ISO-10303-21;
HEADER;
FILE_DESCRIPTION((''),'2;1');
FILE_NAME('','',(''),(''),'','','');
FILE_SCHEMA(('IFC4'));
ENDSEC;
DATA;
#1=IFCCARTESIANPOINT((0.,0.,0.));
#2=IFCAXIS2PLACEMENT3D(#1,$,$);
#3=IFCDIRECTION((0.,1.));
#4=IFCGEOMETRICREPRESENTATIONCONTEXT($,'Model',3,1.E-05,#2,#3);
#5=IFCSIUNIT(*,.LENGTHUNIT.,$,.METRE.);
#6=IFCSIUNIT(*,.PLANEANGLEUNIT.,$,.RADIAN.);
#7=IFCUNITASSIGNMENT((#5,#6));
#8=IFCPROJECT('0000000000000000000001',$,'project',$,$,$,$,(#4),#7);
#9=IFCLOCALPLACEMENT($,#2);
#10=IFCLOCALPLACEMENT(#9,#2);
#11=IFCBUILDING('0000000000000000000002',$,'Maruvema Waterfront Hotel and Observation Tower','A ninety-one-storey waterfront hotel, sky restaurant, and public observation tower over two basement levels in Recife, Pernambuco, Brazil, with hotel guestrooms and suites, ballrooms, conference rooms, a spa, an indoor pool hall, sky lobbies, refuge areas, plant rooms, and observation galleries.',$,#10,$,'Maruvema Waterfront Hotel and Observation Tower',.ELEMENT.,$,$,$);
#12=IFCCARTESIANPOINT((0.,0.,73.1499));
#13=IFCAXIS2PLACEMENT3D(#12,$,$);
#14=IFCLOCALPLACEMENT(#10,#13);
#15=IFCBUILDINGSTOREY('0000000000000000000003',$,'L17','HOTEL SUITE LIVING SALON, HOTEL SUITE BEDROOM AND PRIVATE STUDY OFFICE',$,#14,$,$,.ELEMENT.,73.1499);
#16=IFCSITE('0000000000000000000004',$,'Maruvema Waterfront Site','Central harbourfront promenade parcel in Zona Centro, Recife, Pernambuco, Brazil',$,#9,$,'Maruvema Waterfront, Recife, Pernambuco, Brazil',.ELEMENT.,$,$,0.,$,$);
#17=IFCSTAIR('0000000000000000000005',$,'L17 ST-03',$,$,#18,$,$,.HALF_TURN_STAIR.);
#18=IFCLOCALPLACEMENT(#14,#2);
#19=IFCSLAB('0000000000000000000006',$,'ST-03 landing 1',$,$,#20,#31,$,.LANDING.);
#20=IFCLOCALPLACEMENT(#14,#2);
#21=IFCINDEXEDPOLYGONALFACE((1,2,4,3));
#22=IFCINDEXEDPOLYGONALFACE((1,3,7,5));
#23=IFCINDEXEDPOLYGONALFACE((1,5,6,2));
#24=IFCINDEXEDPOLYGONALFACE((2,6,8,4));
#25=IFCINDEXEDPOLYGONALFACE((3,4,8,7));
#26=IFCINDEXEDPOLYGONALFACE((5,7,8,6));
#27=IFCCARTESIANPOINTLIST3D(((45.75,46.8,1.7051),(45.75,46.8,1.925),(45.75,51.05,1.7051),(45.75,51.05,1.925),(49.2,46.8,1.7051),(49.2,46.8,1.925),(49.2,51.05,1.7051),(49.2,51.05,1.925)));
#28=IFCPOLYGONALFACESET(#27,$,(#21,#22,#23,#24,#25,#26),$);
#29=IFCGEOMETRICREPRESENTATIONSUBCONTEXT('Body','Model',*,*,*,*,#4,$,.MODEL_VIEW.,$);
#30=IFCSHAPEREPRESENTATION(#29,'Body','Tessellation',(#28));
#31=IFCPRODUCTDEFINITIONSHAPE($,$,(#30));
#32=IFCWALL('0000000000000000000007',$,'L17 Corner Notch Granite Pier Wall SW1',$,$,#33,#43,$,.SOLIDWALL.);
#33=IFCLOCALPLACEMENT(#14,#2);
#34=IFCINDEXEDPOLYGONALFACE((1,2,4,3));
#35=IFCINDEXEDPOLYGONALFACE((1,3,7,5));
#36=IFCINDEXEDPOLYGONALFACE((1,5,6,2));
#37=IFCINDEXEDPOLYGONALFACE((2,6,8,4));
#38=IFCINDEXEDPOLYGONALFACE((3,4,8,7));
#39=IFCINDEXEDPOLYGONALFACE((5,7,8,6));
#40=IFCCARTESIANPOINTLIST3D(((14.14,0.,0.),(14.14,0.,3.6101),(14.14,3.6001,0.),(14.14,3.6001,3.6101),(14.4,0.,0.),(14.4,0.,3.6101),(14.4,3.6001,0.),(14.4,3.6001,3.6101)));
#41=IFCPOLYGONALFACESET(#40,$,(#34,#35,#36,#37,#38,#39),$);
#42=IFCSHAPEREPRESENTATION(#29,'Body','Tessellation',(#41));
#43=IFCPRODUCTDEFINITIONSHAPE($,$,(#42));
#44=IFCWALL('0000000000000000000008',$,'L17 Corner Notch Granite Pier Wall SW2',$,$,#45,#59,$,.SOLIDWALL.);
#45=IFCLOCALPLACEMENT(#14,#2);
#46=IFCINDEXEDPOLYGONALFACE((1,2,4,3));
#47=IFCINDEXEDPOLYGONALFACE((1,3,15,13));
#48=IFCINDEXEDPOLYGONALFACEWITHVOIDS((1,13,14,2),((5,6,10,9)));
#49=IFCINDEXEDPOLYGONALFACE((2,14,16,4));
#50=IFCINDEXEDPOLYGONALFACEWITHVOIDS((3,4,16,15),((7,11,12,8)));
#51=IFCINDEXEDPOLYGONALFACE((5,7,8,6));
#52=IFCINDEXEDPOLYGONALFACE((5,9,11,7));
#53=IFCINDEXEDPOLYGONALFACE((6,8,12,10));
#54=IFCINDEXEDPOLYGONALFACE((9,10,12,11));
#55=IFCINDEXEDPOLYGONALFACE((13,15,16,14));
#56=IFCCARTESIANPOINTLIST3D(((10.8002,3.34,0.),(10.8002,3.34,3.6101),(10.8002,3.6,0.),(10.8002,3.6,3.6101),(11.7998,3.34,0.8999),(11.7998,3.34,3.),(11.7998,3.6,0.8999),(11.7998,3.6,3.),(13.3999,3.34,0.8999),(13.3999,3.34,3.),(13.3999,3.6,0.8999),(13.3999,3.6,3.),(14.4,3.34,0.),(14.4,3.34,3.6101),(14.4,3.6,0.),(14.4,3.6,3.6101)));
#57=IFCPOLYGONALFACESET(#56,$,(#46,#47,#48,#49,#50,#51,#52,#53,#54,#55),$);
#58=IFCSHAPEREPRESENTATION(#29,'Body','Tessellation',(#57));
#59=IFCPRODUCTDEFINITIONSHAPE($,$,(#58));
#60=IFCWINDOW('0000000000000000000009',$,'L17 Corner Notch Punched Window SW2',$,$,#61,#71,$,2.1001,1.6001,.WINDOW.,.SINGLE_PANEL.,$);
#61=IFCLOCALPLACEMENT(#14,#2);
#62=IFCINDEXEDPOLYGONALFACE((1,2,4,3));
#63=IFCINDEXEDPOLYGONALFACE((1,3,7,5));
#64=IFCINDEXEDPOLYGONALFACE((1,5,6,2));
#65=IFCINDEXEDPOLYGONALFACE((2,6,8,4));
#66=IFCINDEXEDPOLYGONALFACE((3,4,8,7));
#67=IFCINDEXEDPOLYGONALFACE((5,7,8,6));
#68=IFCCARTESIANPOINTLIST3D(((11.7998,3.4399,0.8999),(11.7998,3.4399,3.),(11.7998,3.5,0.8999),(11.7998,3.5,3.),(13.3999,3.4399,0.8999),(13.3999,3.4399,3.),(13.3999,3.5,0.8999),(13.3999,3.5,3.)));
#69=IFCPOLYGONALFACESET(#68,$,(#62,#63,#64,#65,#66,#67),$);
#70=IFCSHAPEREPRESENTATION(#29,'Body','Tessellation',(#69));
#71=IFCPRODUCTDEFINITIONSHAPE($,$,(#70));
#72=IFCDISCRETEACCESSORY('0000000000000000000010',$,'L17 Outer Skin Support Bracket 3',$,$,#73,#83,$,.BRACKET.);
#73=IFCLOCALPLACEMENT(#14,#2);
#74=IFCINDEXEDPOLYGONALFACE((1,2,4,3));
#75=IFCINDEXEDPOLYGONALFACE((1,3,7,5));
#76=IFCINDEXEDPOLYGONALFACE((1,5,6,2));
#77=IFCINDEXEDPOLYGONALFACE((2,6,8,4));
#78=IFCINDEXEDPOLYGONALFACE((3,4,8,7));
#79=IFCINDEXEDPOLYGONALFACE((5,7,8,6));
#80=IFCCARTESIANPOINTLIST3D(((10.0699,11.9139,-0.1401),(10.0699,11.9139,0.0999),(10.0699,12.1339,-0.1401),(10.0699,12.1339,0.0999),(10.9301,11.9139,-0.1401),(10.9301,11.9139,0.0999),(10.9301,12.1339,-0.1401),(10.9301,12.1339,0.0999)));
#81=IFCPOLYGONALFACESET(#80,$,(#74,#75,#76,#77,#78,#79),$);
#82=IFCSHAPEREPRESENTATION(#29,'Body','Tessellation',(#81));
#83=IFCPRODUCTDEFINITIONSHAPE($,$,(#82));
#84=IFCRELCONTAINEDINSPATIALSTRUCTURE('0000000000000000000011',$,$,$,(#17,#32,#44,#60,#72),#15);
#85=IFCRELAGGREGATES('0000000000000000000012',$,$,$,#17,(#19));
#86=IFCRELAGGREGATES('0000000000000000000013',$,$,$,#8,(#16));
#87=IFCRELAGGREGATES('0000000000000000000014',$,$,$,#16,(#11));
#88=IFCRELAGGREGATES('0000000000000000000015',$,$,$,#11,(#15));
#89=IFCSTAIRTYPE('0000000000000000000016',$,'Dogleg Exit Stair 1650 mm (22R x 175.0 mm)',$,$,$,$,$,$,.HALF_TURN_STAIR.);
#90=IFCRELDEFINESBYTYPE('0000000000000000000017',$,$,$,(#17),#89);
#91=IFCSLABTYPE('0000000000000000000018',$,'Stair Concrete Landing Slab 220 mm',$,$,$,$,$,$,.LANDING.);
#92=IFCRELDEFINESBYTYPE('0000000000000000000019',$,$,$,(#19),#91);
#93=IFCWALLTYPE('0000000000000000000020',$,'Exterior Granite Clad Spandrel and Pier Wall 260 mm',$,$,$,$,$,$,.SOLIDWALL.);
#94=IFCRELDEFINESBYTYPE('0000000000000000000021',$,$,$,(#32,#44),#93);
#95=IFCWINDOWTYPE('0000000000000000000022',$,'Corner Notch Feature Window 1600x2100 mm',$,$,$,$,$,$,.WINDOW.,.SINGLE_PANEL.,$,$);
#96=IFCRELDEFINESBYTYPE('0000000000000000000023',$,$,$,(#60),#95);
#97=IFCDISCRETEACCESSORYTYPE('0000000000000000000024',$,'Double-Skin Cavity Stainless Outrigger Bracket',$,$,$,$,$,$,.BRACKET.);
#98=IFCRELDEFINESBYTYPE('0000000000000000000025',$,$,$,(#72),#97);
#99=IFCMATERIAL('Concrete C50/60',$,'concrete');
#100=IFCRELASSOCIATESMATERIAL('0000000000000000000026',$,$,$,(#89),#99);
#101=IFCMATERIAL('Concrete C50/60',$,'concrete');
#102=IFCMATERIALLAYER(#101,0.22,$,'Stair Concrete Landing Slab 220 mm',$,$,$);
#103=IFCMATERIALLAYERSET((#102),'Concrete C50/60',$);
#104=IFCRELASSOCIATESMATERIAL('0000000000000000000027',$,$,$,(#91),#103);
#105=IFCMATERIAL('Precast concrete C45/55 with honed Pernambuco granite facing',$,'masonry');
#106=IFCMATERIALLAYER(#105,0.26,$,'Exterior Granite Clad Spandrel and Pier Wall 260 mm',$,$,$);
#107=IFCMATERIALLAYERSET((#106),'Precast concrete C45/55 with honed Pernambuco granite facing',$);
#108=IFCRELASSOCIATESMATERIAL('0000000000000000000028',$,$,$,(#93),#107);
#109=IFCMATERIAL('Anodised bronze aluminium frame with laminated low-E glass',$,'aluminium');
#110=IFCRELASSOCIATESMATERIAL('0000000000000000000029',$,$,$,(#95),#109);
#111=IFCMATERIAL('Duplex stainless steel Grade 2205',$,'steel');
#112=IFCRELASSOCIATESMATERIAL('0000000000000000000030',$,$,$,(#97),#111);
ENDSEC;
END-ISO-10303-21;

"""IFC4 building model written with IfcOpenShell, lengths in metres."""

from ifc_helpers import new_model, si_unit, direction, frame, frame_2d, origin, origin_2d, place, context, subcontext, project, spatial, polyline, rectangle, outline, extrude, material, layer, layer_set, type_object, element, fill, aggregate, save


model = new_model("IFC4")

# Units and contexts
model_context = context("Model", 3, precision=1e-05, world=origin(), true_north=direction((0.0, 1.0)))
body_context = subcontext(model_context, "Body", "Model", "MODEL_VIEW")
ifc_project = project(units=[si_unit("LENGTHUNIT", "METRE"), si_unit("PLANEANGLEUNIT", "RADIAN")], contexts=[model_context])

# Site, building, storey
site_placement = place(None, origin())
site = spatial("IfcSite", under=ifc_project, at=site_placement, Name="Maruvema Waterfront Site", Description="Central harbourfront promenade parcel in Zona Centro, Recife, Pernambuco, Brazil", LongName="Maruvema Waterfront, Recife, Pernambuco, Brazil", CompositionType="ELEMENT", RefElevation=0.0)
building_placement = place(site_placement, origin())
building = spatial("IfcBuilding", under=site, at=building_placement, Name="Maruvema Waterfront Hotel and Observation Tower", Description="A ninety-one-storey waterfront hotel, sky restaurant, and public observation tower over two basement levels in Recife, Pernambuco, Brazil, with hotel guestrooms and suites, ballrooms, conference rooms, a spa, an indoor pool hall, sky lobbies, refuge areas, plant rooms, and observation galleries.", LongName="Maruvema Waterfront Hotel and Observation Tower", CompositionType="ELEMENT")
storey_placement = place(building_placement, frame((0.0, 0.0, 73.1499)))
storey = spatial("IfcBuildingStorey", under=building, at=storey_placement, Name="L17", Description="HOTEL SUITE LIVING SALON, HOTEL SUITE BEDROOM AND PRIVATE STUDY OFFICE", CompositionType="ELEMENT", Elevation=73.1499)

# Stair, slab
ifc_material_1 = material(Name="Concrete C50/60", Category="concrete")
stair_type = type_object("IfcStairType", Name="Dogleg Exit Stair 1650 mm (22R x 175.0 mm)", PredefinedType="HALF_TURN_STAIR", material=ifc_material_1)
ifc_material_2 = material(Name="Concrete C50/60", Category="concrete")
ifc_layer_1 = layer(ifc_material_2, 0.22, Name="Stair Concrete Landing Slab 220 mm")
ifc_layer_set_1 = layer_set([ifc_layer_1], Name="Concrete C50/60")
slab_type_1 = type_object("IfcSlabType", Name="Stair Concrete Landing Slab 220 mm", PredefinedType="LANDING", material=ifc_layer_set_1)
stair_1_placement = place(storey_placement, origin())
stair_1 = element("IfcStair", 1, at=stair_1_placement, inside=storey, type_object=stair_type, Name="L17 ST-03", PredefinedType="HALF_TURN_STAIR")
slab_1_placement = place(storey_placement, frame((0.0, 0.0, 1.7051)))
slab_1 = element("IfcSlab", 2, at=slab_1_placement, type_object=slab_type_1, Name="ST-03 landing 1", PredefinedType="LANDING", context=body_context, shape_type="SweptSolid", body=[
    extrude(outline(polyline([(49.2, 46.8), (49.2, 51.05), (45.75, 51.05), (45.75, 46.8), (49.2, 46.8)])), origin(), (0.0, 0.0, 1.0), 0.22),
])
aggregate(stair_1, [slab_1])

# Wall
ifc_material_3 = material(Name="Precast concrete C45/55 with honed Pernambuco granite facing", Category="masonry")
ifc_layer_2 = layer(ifc_material_3, 0.26, Name="Exterior Granite Clad Spandrel and Pier Wall 260 mm")
ifc_layer_set_2 = layer_set([ifc_layer_2], Name="Precast concrete C45/55 with honed Pernambuco granite facing")
wall_type = type_object("IfcWallType", Name="Exterior Granite Clad Spandrel and Pier Wall 260 mm", PredefinedType="SOLIDWALL", material=ifc_layer_set_2)
wall_1_placement = place(storey_placement, frame((14.27, 0.0, 0.0), z_axis=(0.0, 0.0, 1.0), x_axis=(0.0, 1.0, 0.0)))
element("IfcWall", 3, at=wall_1_placement, inside=storey, type_object=wall_type, Name="L17 Corner Notch Granite Pier Wall SW1", PredefinedType="SOLIDWALL", context=body_context, shape_type="SweptSolid", body=[
    extrude(rectangle(XDim=3.6001, YDim=0.26, at=frame_2d((1.8, 0.0))), origin(), (0.0, 0.0, 1.0), 3.6101),
])

# Wall, opening, window
wall_2_placement = place(storey_placement, frame((14.3999, 3.47, 0.0), z_axis=(0.0, 0.0, 1.0), x_axis=(-1.0, 0.0, 0.0)))
wall_2 = element("IfcWall", 4, at=wall_2_placement, inside=storey, type_object=wall_type, Name="L17 Corner Notch Granite Pier Wall SW2", PredefinedType="SOLIDWALL", context=body_context, shape_type="SweptSolid", body=[
    extrude(rectangle(XDim=3.5999, YDim=0.26, at=frame_2d((1.7998, 0.0))), origin(), (0.0, 0.0, 1.0), 3.6101),
])
opening_placement = place(wall_2_placement, frame((1.0, 0.0, 0.8999)))
opening = element("IfcOpeningElement", 5, at=opening_placement, cuts=wall_2, PredefinedType="OPENING", context=body_context, shape_type="SweptSolid", body=[
    extrude(rectangle(XDim=1.6001, YDim=2.1001, at=frame_2d((0.8, 1.05))), frame((0.0, 0.1401, 0.0), z_axis=(0.0, -1.0, 0.0), x_axis=(1.0, 0.0, 0.0)), (0.0, 0.0, 1.0), 0.28),
])
ifc_material_4 = material(Name="Anodised bronze aluminium frame with laminated low-E glass", Category="aluminium")
window_type = type_object("IfcWindowType", Name="Corner Notch Feature Window 1600x2100 mm", PartitioningType="SINGLE_PANEL", PredefinedType="WINDOW", material=ifc_material_4)
window_placement = place(opening_placement, origin())
window = element("IfcWindow", 6, at=window_placement, inside=storey, type_object=window_type, Name="L17 Corner Notch Punched Window SW2", OverallHeight=2.1001, OverallWidth=1.6001, PartitioningType="SINGLE_PANEL", PredefinedType="WINDOW", context=body_context, shape_type="SweptSolid", body=[
    extrude(rectangle(XDim=1.6001, YDim=2.1001, at=frame_2d((0.8, 1.05))), frame((0.0, 0.03, 0.0), z_axis=(0.0, -1.0, 0.0), x_axis=(1.0, 0.0, 0.0)), (0.0, 0.0, 1.0), 0.0601),
])
fill(opening, window)

# Discrete accessory
ifc_material_5 = material(Name="Duplex stainless steel Grade 2205", Category="steel")
discrete_accessory_type = type_object("IfcDiscreteAccessoryType", Name="Double-Skin Cavity Stainless Outrigger Bracket", PredefinedType="BRACKET", material=ifc_material_5)
discrete_accessory_placement = place(storey_placement, frame((10.5, 12.0239, -0.1401), z_axis=(0.0, 0.0, 1.0), x_axis=(0.0, -1.0, 0.0)))
element("IfcDiscreteAccessory", 7, at=discrete_accessory_placement, inside=storey, type_object=discrete_accessory_type, Name="L17 Outer Skin Support Bracket 3", PredefinedType="BRACKET", context=body_context, shape_type="SweptSolid", body=[
    extrude(rectangle(XDim=0.22, YDim=0.8601, at=origin_2d()), origin(), (0.0, 0.0, 1.0), 0.24),
])

save(model, "model.ifc")
